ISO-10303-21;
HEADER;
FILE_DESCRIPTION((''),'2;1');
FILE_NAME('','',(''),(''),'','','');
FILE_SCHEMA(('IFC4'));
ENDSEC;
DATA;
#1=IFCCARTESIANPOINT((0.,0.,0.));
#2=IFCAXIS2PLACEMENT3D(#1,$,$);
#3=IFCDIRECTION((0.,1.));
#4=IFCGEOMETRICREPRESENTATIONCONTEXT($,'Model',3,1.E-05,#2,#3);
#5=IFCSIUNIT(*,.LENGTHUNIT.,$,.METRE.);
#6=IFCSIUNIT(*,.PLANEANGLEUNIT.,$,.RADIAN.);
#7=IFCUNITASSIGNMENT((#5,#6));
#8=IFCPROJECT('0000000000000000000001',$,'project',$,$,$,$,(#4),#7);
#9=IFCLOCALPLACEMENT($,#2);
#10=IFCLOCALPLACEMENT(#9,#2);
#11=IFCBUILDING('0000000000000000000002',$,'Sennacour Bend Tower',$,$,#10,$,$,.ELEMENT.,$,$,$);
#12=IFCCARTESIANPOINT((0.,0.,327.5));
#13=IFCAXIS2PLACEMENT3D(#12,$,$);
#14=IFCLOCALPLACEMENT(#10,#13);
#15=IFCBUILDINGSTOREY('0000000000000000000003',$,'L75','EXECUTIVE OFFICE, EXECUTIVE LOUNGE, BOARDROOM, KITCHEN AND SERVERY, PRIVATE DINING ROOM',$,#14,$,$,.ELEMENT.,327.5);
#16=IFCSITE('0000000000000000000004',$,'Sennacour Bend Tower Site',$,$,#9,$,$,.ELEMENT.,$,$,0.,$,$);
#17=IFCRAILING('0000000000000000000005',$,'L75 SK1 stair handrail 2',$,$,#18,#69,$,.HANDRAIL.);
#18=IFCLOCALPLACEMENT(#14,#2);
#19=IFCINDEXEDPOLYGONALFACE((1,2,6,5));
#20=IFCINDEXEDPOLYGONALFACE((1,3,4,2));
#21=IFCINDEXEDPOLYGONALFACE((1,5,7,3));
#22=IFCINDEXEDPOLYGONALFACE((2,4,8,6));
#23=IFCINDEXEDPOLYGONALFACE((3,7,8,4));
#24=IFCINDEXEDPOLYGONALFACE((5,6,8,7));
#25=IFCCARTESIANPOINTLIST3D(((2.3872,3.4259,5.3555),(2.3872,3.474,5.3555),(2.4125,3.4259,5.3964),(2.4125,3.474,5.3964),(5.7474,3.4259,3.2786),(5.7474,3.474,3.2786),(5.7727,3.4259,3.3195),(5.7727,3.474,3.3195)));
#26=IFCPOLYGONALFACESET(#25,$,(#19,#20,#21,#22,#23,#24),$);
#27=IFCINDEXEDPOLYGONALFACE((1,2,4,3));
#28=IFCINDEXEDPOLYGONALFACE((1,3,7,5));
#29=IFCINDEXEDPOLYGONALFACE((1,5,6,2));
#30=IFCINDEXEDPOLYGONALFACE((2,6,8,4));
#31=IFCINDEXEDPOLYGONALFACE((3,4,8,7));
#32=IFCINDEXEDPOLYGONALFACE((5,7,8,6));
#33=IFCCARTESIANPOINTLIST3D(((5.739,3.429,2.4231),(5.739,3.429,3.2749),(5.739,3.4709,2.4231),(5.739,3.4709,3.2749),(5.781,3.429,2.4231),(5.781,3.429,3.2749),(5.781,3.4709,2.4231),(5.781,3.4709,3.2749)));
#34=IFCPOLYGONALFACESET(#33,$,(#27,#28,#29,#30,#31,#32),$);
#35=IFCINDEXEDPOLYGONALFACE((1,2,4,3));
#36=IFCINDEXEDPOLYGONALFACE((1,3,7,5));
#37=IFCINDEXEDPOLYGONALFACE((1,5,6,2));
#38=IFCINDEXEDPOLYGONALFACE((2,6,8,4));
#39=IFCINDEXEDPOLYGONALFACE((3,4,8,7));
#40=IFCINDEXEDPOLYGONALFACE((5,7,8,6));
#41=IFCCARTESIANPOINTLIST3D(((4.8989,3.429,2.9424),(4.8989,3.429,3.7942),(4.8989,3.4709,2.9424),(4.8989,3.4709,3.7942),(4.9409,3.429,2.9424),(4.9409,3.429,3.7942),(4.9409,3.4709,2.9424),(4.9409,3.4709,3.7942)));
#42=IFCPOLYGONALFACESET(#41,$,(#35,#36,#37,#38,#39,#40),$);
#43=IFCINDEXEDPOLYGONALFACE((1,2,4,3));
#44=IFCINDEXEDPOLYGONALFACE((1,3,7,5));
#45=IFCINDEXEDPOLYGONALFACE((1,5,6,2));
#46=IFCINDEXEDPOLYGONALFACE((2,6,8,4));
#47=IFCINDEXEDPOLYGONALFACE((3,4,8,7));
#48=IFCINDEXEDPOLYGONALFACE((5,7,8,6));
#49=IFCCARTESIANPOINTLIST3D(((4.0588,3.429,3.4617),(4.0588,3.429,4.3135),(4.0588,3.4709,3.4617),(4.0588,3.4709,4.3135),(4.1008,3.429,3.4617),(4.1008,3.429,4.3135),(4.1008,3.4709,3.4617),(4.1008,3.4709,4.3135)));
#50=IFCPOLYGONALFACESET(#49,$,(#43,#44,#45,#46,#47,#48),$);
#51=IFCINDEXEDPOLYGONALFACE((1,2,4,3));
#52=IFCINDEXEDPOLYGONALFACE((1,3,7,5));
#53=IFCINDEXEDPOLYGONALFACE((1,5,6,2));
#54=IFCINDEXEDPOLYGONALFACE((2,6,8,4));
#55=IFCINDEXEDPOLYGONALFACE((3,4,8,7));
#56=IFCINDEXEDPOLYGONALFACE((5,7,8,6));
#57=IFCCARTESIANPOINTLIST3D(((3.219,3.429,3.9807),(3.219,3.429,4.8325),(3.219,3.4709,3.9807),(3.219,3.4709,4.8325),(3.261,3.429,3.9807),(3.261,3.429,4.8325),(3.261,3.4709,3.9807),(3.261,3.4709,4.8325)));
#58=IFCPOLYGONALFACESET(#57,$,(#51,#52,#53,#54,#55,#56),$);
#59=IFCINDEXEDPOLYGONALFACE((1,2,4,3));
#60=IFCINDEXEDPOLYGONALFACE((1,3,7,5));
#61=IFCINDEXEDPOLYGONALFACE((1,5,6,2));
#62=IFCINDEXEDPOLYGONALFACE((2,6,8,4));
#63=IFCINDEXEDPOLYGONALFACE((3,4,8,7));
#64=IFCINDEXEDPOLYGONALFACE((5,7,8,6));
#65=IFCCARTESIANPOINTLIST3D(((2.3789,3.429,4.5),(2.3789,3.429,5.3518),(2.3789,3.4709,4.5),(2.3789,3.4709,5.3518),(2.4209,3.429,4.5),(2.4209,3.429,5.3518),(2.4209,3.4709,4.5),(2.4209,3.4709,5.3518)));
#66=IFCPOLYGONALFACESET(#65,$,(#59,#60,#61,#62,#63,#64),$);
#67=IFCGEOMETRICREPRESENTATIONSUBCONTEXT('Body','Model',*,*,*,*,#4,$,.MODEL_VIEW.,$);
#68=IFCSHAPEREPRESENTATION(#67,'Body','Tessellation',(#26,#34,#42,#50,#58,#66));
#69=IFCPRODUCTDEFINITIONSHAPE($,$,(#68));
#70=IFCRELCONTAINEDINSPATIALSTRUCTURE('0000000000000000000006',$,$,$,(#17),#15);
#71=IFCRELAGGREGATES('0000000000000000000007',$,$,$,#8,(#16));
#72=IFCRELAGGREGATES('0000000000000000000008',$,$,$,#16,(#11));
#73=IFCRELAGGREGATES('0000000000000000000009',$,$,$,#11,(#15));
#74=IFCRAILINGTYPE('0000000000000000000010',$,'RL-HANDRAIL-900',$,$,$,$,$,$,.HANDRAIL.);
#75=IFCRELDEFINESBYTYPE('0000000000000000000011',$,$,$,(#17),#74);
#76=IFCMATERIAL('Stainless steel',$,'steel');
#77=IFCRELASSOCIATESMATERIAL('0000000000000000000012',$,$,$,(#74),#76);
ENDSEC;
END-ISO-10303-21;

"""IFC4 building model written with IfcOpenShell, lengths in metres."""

from ifc_helpers import new_model, si_unit, direction, frame, origin, origin_2d, place, context, subcontext, project, spatial, rectangle, extrude, material, type_object, element, save


model = new_model("IFC4")

# Units and contexts
model_context = context("Model", 3, precision=1e-05, world=origin(), true_north=direction((0.0, 1.0)))
body_context = subcontext(model_context, "Body", "Model", "MODEL_VIEW")
ifc_project = project(units=[si_unit("LENGTHUNIT", "METRE"), si_unit("PLANEANGLEUNIT", "RADIAN")], contexts=[model_context])

# Site, building, storey
site_placement = place(None, origin())
site = spatial("IfcSite", under=ifc_project, at=site_placement, Name="Sennacour Bend Tower Site", CompositionType="ELEMENT", RefElevation=0.0)
building_placement = place(site_placement, origin())
building = spatial("IfcBuilding", under=site, at=building_placement, Name="Sennacour Bend Tower", CompositionType="ELEMENT")
storey_placement = place(building_placement, frame((0.0, 0.0, 327.5)))
storey = spatial("IfcBuildingStorey", under=building, at=storey_placement, Name="L75", Description="EXECUTIVE OFFICE, EXECUTIVE LOUNGE, BOARDROOM, KITCHEN AND SERVERY, PRIVATE DINING ROOM", CompositionType="ELEMENT", Elevation=327.5)

# Railing
ifc_material_1 = material(Name="Stainless steel", Category="steel")
railing_type_1 = type_object("IfcRailingType", Name="RL-HANDRAIL-900", PredefinedType="HANDRAIL", material=ifc_material_1)
railing_1_placement = place(storey_placement, frame((5.76, 3.45, 2.4231)))
element("IfcRailing", 1, at=railing_1_placement, inside=storey, type_object=railing_type_1, Name="L75 SK1 stair handrail 2", PredefinedType="HANDRAIL", context=body_context, shape_type="SweptSolid", body=[
    extrude(rectangle(XDim=0.0481, YDim=0.0481, at=origin_2d()), frame((0.0, 0.0, 0.876), z_axis=(-0.850623, 0.0, 0.525776), x_axis=(0.0, -1.0, 0.0)), (0.0, 0.0, 1.0), 3.9502),
    extrude(rectangle(XDim=0.042, YDim=0.042, at=origin_2d()), origin(), (0.0, 0.0, 1.0), 0.8518),
    extrude(rectangle(XDim=0.042, YDim=0.042, at=origin_2d()), frame((-0.8401, 0.0, 0.5193)), (0.0, 0.0, 1.0), 0.8518),
    extrude(rectangle(XDim=0.042, YDim=0.042, at=origin_2d()), frame((-1.6802, 0.0, 1.0386)), (0.0, 0.0, 1.0), 0.8518),
    extrude(rectangle(XDim=0.042, YDim=0.042, at=origin_2d()), frame((-2.52, 0.0, 1.5576)), (0.0, 0.0, 1.0), 0.8518),
    extrude(rectangle(XDim=0.042, YDim=0.042, at=origin_2d()), frame((-3.3601, 0.0, 2.0769)), (0.0, 0.0, 1.0), 0.8518),
])

save(model, "model.ifc")
